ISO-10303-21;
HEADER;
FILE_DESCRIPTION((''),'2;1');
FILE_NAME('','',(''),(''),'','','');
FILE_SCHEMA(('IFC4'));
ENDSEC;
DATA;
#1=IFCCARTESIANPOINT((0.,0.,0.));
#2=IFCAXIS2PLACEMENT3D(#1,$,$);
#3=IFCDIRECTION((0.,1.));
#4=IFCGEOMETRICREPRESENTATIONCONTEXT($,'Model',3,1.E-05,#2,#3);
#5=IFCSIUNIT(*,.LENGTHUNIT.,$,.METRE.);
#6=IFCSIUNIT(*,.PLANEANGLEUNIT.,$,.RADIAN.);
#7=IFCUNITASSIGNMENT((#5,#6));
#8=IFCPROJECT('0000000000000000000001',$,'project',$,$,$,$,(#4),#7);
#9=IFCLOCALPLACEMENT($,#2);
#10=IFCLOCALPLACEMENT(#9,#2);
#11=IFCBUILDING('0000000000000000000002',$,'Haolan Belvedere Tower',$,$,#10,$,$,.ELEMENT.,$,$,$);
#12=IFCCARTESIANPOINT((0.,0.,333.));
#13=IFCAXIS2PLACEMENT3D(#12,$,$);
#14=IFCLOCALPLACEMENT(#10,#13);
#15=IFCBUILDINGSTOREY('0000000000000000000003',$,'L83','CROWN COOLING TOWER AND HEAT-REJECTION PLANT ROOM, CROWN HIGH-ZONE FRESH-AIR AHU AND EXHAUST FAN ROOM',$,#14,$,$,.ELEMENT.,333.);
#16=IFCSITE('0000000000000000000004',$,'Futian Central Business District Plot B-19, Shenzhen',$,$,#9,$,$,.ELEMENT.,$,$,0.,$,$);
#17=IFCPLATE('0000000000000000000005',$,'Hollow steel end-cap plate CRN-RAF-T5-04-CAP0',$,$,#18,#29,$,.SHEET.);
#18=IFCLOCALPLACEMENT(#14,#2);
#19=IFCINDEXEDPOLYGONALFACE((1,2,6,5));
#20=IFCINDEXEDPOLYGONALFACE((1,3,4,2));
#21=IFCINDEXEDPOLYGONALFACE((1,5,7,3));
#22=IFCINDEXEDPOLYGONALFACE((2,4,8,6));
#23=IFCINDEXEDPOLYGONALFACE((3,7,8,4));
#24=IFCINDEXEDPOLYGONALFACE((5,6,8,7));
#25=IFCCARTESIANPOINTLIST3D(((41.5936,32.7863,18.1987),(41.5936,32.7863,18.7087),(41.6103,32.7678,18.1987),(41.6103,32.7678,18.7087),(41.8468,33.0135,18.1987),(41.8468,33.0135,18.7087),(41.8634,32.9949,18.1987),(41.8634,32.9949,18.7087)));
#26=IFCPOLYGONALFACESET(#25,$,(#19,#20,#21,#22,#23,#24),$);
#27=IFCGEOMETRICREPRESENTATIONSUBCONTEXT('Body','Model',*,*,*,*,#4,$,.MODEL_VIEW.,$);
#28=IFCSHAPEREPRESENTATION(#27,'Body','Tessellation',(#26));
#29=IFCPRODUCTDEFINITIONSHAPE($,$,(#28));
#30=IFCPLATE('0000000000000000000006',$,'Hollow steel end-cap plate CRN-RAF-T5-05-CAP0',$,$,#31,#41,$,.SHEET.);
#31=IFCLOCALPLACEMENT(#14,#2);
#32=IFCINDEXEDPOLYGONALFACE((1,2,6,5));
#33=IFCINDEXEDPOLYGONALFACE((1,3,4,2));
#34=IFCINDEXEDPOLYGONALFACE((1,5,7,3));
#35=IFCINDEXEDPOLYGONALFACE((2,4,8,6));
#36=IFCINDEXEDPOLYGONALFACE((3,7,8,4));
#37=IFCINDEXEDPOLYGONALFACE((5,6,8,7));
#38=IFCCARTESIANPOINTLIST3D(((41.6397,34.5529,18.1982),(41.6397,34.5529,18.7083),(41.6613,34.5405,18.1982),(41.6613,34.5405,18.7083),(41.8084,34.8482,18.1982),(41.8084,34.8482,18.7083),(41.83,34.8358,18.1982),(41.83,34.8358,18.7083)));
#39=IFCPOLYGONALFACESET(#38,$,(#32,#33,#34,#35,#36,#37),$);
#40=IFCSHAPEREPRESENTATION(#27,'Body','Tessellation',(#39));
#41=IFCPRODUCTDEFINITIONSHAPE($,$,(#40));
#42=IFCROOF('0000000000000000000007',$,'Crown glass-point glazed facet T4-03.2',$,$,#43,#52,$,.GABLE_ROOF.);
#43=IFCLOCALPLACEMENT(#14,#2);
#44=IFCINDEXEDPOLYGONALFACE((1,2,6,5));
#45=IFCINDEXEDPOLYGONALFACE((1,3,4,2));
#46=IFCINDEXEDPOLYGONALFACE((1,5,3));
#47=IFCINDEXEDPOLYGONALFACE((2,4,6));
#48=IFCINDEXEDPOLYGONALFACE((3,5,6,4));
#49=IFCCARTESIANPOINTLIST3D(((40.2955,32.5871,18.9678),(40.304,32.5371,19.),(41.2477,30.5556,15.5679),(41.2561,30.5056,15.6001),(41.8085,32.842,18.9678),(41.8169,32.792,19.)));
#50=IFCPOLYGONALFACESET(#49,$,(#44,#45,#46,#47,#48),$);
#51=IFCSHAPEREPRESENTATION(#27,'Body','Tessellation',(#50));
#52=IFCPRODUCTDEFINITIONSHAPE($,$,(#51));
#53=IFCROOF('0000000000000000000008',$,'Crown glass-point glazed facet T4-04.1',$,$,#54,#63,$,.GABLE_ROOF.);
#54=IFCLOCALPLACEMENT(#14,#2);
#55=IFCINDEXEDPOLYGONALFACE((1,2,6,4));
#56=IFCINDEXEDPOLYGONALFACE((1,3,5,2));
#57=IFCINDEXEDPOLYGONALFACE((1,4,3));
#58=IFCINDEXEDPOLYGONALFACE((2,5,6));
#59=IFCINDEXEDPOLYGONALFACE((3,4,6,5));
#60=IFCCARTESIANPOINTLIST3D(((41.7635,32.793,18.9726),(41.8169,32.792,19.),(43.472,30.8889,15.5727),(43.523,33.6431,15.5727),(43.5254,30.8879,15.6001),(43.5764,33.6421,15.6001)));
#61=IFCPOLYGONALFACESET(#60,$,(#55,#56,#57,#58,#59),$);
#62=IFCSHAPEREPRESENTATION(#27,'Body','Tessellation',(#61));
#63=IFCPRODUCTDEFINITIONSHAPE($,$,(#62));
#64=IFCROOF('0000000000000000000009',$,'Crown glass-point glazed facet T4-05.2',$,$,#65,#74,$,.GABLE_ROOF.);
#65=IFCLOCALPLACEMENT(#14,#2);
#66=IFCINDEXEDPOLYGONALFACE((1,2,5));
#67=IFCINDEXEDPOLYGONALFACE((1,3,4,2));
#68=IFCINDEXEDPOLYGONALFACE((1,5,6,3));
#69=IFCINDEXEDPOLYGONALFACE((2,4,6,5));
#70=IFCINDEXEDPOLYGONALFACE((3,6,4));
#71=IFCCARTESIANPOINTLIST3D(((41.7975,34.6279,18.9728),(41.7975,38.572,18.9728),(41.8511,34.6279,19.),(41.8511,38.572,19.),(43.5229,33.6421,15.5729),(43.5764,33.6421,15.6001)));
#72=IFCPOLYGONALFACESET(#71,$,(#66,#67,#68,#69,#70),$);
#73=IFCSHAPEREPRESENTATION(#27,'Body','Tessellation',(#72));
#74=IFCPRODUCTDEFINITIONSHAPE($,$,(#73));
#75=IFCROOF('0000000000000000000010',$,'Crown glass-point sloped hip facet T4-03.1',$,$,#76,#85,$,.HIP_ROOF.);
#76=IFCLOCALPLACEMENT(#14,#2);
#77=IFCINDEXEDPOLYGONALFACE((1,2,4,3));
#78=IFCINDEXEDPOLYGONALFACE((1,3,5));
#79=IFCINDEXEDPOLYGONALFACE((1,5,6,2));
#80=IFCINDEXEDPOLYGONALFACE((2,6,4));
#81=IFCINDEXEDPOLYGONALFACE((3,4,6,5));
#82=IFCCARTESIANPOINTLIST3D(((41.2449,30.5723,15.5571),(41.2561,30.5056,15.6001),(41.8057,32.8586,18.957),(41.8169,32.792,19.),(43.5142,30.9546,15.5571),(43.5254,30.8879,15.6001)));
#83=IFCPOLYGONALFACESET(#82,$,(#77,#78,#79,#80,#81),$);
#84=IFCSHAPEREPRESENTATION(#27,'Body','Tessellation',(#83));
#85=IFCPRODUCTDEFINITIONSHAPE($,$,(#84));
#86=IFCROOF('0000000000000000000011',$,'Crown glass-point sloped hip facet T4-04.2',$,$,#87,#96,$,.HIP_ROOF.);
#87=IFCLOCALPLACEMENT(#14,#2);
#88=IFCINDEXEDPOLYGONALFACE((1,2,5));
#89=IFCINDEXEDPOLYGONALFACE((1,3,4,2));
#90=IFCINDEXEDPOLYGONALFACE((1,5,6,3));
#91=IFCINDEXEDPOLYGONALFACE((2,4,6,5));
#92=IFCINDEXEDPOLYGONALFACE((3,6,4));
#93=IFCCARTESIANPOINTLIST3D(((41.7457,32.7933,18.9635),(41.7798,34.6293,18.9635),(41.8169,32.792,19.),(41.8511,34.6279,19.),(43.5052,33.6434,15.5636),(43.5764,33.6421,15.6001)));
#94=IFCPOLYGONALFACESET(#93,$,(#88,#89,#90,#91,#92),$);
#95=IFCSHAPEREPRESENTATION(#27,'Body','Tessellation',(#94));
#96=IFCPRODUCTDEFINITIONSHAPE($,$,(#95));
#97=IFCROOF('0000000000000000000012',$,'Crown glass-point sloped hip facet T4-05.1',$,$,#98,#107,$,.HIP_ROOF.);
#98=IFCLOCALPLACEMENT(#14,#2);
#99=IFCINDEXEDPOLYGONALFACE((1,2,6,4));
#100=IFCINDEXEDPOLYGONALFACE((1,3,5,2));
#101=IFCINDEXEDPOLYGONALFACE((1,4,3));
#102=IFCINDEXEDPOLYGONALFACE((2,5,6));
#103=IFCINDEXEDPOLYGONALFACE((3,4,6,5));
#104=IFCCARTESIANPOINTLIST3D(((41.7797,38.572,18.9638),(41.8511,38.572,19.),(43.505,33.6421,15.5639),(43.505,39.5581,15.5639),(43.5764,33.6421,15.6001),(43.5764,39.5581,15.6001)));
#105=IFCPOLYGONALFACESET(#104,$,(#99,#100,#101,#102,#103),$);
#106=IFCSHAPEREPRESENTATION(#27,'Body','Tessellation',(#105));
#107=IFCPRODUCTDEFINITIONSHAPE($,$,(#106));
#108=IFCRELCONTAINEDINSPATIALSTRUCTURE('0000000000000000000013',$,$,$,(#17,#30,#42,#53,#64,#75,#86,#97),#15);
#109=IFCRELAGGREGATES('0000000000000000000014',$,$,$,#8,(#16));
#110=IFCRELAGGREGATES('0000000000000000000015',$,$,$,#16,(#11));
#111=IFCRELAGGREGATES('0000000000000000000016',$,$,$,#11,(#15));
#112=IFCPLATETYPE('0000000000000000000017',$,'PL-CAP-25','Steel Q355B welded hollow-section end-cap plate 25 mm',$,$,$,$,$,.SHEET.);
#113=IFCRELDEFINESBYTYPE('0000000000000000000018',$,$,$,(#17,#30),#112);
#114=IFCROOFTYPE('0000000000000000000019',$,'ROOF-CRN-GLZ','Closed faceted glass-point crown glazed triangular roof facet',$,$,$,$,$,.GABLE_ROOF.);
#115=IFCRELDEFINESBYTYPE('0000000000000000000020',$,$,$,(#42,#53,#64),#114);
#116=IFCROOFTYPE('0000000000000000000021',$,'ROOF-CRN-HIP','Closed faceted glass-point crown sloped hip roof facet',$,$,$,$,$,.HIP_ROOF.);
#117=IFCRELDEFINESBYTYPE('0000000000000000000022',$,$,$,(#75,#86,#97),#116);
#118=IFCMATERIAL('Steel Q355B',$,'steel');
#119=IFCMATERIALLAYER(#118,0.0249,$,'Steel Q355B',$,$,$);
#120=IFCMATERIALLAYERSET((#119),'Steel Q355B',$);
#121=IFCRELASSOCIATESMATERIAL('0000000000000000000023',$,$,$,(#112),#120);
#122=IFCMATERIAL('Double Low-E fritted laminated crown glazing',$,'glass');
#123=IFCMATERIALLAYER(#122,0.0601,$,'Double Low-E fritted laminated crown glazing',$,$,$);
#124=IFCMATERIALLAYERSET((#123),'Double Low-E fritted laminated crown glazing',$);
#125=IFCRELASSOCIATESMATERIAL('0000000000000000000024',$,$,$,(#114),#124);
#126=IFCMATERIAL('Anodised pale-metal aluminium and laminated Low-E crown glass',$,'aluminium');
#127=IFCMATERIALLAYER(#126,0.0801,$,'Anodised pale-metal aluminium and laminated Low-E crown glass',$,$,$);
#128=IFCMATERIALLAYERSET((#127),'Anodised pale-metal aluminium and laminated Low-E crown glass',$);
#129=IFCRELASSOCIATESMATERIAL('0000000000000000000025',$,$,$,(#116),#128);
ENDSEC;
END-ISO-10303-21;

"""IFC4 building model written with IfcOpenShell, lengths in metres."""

from ifc_helpers import new_model, si_unit, direction, frame, origin, origin_2d, place, context, subcontext, project, spatial, polyline, rectangle, outline, extrude, material, layer, layer_set, type_object, element, save


model = new_model("IFC4")

# Units and contexts
model_context = context("Model", 3, precision=1e-05, world=origin(), true_north=direction((0.0, 1.0)))
body_context = subcontext(model_context, "Body", "Model", "MODEL_VIEW")
ifc_project = project(units=[si_unit("LENGTHUNIT", "METRE"), si_unit("PLANEANGLEUNIT", "RADIAN")], contexts=[model_context])

# Site, building, storey
site_placement = place(None, origin())
site = spatial("IfcSite", under=ifc_project, at=site_placement, Name="Futian Central Business District Plot B-19, Shenzhen", CompositionType="ELEMENT", RefElevation=0.0)
building_placement = place(site_placement, origin())
building = spatial("IfcBuilding", under=site, at=building_placement, Name="Haolan Belvedere Tower", CompositionType="ELEMENT")
storey_placement = place(building_placement, frame((0.0, 0.0, 333.0)))
storey = spatial("IfcBuildingStorey", under=building, at=storey_placement, Name="L83", Description="CROWN COOLING TOWER AND HEAT-REJECTION PLANT ROOM, CROWN HIGH-ZONE FRESH-AIR AHU AND EXHAUST FAN ROOM", CompositionType="ELEMENT", Elevation=333.0)

# Shared definitions
ifc_material_1 = material(Name="Steel Q355B", Category="steel")

# Plates
ifc_layer_1 = layer(ifc_material_1, 0.0249, Name="Steel Q355B")
ifc_layer_set_1 = layer_set([ifc_layer_1], Name="Steel Q355B")
plate_type = type_object("IfcPlateType", Name="PL-CAP-25", Description="Steel Q355B welded hollow-section end-cap plate 25 mm", PredefinedType="SHEET", material=ifc_layer_set_1)
for number, where, z_axis, x_axis, name in (
    (1, (41.7285, 32.8906, 18.1987), (0.0, 0.0, 1.0), (0.744288, 0.667859, 0.0), "Hollow steel end-cap plate CRN-RAF-T5-04-CAP0"),
    (2, (41.7349, 34.6943, 18.1982), (0.0, 0.0, 1.0), (0.496141, 0.868242, 0.0), "Hollow steel end-cap plate CRN-RAF-T5-05-CAP0"),
):
    element("IfcPlate", number, at=place(storey_placement, frame(where, z_axis=z_axis, x_axis=x_axis)), inside=storey, type_object=plate_type, Name=name, PredefinedType="SHEET", context=body_context, shape_type="SweptSolid", body=[
        extrude(rectangle(XDim=0.3401, YDim=0.0249, at=origin_2d()), origin(), (0.0, 0.0, 1.0), 0.51),
    ])

# Roofs
ifc_material_2 = material(Name="Double Low-E fritted laminated crown glazing", Category="glass")
ifc_layer_2 = layer(ifc_material_2, 0.0601, Name="Double Low-E fritted laminated crown glazing")
ifc_layer_set_2 = layer_set([ifc_layer_2], Name="Double Low-E fritted laminated crown glazing")
roof_type_1 = type_object("IfcRoofType", Name="ROOF-CRN-GLZ", Description="Closed faceted glass-point crown glazed triangular roof facet", PredefinedType="GABLE_ROOF", material=ifc_layer_set_2)
roof_1_placement = place(storey_placement, frame((41.2561, 30.5056, 15.6001), z_axis=(0.140195, -0.832174, 0.536499), x_axis=(0.135608, 0.552882, 0.822151)))
element("IfcRoof", 3, at=roof_1_placement, inside=storey, type_object=roof_type_1, Name="Crown glass-point glazed facet T4-03.2", PredefinedType="GABLE_ROOF", context=body_context, shape_type="SweptSolid", body=[
    extrude(outline(polyline([(0.0, 0.0), (4.1354, 0.0), (3.7893, 1.4947), (0.0, 0.0)])), origin(), (0.0, 0.0, -1.0), 0.0601),
])
roof_2_placement = place(storey_placement, frame((43.5254, 30.8879, 15.6001), z_axis=(0.889672, -0.016483, 0.456303), x_axis=(0.018524, 0.999828, 0.0)))
element("IfcRoof", 4, at=roof_2_placement, inside=storey, type_object=roof_type_1, Name="Crown glass-point glazed facet T4-04.1", PredefinedType="GABLE_ROOF", context=body_context, shape_type="SweptSolid", body=[
    extrude(outline(polyline([(0.0, 0.0), (2.7546, 0.0), (1.8721, 3.8209), (0.0, 0.0)])), origin(), (0.0, 0.0, -1.0), 0.0601),
])
roof_3_placement = place(storey_placement, frame((43.5764, 33.6421, 15.6001), z_axis=(0.891747, 0.0, 0.452533), x_axis=(-0.276843, 0.791041, 0.545538)))
element("IfcRoof", 5, at=roof_3_placement, inside=storey, type_object=roof_type_1, Name="Crown glass-point glazed facet T4-05.2", PredefinedType="GABLE_ROOF", context=body_context, shape_type="SweptSolid", body=[
    extrude(outline(polyline([(0.0, 0.0), (6.2322, 0.0), (3.1123, 2.4128), (0.0, 0.0)])), origin(), (0.0, 0.0, -1.0), 0.0601),
])
ifc_material_3 = material(Name="Anodised pale-metal aluminium and laminated Low-E crown glass", Category="aluminium")
ifc_layer_3 = layer(ifc_material_3, 0.0801, Name="Anodised pale-metal aluminium and laminated Low-E crown glass")
ifc_layer_set_3 = layer_set([ifc_layer_3], Name="Anodised pale-metal aluminium and laminated Low-E crown glass")
roof_type_2 = type_object("IfcRoofType", Name="ROOF-CRN-HIP", Description="Closed faceted glass-point crown sloped hip roof facet", PredefinedType="HIP_ROOF", material=ifc_layer_set_3)
roof_4_placement = place(storey_placement, frame((41.2561, 30.5056, 15.6001), z_axis=(0.140203, -0.832174, 0.536497), x_axis=(0.986103, 0.166136, 0.0)))
element("IfcRoof", 6, at=roof_4_placement, inside=storey, type_object=roof_type_2, Name="Crown glass-point sloped hip facet T4-03.1", PredefinedType="HIP_ROOF", context=body_context, shape_type="SweptSolid", body=[
    extrude(outline(polyline([(0.0, 0.0), (2.3013, 0.0), (0.9328, 4.0288), (0.0, 0.0)])), origin(), (0.0, 0.0, -1.0), 0.0801),
])
roof_5_placement = place(storey_placement, frame((43.5764, 33.6421, 15.6001), z_axis=(0.889679, -0.016563, 0.456286), x_axis=(-0.438124, 0.250339, 0.863353)))
element("IfcRoof", 7, at=roof_5_placement, inside=storey, type_object=roof_type_2, Name="Crown glass-point sloped hip facet T4-04.2", PredefinedType="HIP_ROOF", context=body_context, shape_type="SweptSolid", body=[
    extrude(outline(polyline([(0.0, 0.0), (3.938, 0.0), (3.4934, 1.7816), (0.0, 0.0)])), origin(), (0.0, 0.0, -1.0), 0.0801),
])
roof_6_placement = place(storey_placement, frame((43.5764, 33.6421, 15.6001), z_axis=(0.891747, 0.0, 0.452533), x_axis=(0.0, 1.0, 0.0)))
element("IfcRoof", 8, at=roof_6_placement, inside=storey, type_object=roof_type_2, Name="Crown glass-point sloped hip facet T4-05.1", PredefinedType="HIP_ROOF", context=body_context, shape_type="SweptSolid", body=[
    extrude(outline(polyline([(0.0, 0.0), (5.916, 0.0), (4.9299, 3.8126), (0.0, 0.0)])), origin(), (0.0, 0.0, -1.0), 0.0801),
])

save(model, "model.ifc")
